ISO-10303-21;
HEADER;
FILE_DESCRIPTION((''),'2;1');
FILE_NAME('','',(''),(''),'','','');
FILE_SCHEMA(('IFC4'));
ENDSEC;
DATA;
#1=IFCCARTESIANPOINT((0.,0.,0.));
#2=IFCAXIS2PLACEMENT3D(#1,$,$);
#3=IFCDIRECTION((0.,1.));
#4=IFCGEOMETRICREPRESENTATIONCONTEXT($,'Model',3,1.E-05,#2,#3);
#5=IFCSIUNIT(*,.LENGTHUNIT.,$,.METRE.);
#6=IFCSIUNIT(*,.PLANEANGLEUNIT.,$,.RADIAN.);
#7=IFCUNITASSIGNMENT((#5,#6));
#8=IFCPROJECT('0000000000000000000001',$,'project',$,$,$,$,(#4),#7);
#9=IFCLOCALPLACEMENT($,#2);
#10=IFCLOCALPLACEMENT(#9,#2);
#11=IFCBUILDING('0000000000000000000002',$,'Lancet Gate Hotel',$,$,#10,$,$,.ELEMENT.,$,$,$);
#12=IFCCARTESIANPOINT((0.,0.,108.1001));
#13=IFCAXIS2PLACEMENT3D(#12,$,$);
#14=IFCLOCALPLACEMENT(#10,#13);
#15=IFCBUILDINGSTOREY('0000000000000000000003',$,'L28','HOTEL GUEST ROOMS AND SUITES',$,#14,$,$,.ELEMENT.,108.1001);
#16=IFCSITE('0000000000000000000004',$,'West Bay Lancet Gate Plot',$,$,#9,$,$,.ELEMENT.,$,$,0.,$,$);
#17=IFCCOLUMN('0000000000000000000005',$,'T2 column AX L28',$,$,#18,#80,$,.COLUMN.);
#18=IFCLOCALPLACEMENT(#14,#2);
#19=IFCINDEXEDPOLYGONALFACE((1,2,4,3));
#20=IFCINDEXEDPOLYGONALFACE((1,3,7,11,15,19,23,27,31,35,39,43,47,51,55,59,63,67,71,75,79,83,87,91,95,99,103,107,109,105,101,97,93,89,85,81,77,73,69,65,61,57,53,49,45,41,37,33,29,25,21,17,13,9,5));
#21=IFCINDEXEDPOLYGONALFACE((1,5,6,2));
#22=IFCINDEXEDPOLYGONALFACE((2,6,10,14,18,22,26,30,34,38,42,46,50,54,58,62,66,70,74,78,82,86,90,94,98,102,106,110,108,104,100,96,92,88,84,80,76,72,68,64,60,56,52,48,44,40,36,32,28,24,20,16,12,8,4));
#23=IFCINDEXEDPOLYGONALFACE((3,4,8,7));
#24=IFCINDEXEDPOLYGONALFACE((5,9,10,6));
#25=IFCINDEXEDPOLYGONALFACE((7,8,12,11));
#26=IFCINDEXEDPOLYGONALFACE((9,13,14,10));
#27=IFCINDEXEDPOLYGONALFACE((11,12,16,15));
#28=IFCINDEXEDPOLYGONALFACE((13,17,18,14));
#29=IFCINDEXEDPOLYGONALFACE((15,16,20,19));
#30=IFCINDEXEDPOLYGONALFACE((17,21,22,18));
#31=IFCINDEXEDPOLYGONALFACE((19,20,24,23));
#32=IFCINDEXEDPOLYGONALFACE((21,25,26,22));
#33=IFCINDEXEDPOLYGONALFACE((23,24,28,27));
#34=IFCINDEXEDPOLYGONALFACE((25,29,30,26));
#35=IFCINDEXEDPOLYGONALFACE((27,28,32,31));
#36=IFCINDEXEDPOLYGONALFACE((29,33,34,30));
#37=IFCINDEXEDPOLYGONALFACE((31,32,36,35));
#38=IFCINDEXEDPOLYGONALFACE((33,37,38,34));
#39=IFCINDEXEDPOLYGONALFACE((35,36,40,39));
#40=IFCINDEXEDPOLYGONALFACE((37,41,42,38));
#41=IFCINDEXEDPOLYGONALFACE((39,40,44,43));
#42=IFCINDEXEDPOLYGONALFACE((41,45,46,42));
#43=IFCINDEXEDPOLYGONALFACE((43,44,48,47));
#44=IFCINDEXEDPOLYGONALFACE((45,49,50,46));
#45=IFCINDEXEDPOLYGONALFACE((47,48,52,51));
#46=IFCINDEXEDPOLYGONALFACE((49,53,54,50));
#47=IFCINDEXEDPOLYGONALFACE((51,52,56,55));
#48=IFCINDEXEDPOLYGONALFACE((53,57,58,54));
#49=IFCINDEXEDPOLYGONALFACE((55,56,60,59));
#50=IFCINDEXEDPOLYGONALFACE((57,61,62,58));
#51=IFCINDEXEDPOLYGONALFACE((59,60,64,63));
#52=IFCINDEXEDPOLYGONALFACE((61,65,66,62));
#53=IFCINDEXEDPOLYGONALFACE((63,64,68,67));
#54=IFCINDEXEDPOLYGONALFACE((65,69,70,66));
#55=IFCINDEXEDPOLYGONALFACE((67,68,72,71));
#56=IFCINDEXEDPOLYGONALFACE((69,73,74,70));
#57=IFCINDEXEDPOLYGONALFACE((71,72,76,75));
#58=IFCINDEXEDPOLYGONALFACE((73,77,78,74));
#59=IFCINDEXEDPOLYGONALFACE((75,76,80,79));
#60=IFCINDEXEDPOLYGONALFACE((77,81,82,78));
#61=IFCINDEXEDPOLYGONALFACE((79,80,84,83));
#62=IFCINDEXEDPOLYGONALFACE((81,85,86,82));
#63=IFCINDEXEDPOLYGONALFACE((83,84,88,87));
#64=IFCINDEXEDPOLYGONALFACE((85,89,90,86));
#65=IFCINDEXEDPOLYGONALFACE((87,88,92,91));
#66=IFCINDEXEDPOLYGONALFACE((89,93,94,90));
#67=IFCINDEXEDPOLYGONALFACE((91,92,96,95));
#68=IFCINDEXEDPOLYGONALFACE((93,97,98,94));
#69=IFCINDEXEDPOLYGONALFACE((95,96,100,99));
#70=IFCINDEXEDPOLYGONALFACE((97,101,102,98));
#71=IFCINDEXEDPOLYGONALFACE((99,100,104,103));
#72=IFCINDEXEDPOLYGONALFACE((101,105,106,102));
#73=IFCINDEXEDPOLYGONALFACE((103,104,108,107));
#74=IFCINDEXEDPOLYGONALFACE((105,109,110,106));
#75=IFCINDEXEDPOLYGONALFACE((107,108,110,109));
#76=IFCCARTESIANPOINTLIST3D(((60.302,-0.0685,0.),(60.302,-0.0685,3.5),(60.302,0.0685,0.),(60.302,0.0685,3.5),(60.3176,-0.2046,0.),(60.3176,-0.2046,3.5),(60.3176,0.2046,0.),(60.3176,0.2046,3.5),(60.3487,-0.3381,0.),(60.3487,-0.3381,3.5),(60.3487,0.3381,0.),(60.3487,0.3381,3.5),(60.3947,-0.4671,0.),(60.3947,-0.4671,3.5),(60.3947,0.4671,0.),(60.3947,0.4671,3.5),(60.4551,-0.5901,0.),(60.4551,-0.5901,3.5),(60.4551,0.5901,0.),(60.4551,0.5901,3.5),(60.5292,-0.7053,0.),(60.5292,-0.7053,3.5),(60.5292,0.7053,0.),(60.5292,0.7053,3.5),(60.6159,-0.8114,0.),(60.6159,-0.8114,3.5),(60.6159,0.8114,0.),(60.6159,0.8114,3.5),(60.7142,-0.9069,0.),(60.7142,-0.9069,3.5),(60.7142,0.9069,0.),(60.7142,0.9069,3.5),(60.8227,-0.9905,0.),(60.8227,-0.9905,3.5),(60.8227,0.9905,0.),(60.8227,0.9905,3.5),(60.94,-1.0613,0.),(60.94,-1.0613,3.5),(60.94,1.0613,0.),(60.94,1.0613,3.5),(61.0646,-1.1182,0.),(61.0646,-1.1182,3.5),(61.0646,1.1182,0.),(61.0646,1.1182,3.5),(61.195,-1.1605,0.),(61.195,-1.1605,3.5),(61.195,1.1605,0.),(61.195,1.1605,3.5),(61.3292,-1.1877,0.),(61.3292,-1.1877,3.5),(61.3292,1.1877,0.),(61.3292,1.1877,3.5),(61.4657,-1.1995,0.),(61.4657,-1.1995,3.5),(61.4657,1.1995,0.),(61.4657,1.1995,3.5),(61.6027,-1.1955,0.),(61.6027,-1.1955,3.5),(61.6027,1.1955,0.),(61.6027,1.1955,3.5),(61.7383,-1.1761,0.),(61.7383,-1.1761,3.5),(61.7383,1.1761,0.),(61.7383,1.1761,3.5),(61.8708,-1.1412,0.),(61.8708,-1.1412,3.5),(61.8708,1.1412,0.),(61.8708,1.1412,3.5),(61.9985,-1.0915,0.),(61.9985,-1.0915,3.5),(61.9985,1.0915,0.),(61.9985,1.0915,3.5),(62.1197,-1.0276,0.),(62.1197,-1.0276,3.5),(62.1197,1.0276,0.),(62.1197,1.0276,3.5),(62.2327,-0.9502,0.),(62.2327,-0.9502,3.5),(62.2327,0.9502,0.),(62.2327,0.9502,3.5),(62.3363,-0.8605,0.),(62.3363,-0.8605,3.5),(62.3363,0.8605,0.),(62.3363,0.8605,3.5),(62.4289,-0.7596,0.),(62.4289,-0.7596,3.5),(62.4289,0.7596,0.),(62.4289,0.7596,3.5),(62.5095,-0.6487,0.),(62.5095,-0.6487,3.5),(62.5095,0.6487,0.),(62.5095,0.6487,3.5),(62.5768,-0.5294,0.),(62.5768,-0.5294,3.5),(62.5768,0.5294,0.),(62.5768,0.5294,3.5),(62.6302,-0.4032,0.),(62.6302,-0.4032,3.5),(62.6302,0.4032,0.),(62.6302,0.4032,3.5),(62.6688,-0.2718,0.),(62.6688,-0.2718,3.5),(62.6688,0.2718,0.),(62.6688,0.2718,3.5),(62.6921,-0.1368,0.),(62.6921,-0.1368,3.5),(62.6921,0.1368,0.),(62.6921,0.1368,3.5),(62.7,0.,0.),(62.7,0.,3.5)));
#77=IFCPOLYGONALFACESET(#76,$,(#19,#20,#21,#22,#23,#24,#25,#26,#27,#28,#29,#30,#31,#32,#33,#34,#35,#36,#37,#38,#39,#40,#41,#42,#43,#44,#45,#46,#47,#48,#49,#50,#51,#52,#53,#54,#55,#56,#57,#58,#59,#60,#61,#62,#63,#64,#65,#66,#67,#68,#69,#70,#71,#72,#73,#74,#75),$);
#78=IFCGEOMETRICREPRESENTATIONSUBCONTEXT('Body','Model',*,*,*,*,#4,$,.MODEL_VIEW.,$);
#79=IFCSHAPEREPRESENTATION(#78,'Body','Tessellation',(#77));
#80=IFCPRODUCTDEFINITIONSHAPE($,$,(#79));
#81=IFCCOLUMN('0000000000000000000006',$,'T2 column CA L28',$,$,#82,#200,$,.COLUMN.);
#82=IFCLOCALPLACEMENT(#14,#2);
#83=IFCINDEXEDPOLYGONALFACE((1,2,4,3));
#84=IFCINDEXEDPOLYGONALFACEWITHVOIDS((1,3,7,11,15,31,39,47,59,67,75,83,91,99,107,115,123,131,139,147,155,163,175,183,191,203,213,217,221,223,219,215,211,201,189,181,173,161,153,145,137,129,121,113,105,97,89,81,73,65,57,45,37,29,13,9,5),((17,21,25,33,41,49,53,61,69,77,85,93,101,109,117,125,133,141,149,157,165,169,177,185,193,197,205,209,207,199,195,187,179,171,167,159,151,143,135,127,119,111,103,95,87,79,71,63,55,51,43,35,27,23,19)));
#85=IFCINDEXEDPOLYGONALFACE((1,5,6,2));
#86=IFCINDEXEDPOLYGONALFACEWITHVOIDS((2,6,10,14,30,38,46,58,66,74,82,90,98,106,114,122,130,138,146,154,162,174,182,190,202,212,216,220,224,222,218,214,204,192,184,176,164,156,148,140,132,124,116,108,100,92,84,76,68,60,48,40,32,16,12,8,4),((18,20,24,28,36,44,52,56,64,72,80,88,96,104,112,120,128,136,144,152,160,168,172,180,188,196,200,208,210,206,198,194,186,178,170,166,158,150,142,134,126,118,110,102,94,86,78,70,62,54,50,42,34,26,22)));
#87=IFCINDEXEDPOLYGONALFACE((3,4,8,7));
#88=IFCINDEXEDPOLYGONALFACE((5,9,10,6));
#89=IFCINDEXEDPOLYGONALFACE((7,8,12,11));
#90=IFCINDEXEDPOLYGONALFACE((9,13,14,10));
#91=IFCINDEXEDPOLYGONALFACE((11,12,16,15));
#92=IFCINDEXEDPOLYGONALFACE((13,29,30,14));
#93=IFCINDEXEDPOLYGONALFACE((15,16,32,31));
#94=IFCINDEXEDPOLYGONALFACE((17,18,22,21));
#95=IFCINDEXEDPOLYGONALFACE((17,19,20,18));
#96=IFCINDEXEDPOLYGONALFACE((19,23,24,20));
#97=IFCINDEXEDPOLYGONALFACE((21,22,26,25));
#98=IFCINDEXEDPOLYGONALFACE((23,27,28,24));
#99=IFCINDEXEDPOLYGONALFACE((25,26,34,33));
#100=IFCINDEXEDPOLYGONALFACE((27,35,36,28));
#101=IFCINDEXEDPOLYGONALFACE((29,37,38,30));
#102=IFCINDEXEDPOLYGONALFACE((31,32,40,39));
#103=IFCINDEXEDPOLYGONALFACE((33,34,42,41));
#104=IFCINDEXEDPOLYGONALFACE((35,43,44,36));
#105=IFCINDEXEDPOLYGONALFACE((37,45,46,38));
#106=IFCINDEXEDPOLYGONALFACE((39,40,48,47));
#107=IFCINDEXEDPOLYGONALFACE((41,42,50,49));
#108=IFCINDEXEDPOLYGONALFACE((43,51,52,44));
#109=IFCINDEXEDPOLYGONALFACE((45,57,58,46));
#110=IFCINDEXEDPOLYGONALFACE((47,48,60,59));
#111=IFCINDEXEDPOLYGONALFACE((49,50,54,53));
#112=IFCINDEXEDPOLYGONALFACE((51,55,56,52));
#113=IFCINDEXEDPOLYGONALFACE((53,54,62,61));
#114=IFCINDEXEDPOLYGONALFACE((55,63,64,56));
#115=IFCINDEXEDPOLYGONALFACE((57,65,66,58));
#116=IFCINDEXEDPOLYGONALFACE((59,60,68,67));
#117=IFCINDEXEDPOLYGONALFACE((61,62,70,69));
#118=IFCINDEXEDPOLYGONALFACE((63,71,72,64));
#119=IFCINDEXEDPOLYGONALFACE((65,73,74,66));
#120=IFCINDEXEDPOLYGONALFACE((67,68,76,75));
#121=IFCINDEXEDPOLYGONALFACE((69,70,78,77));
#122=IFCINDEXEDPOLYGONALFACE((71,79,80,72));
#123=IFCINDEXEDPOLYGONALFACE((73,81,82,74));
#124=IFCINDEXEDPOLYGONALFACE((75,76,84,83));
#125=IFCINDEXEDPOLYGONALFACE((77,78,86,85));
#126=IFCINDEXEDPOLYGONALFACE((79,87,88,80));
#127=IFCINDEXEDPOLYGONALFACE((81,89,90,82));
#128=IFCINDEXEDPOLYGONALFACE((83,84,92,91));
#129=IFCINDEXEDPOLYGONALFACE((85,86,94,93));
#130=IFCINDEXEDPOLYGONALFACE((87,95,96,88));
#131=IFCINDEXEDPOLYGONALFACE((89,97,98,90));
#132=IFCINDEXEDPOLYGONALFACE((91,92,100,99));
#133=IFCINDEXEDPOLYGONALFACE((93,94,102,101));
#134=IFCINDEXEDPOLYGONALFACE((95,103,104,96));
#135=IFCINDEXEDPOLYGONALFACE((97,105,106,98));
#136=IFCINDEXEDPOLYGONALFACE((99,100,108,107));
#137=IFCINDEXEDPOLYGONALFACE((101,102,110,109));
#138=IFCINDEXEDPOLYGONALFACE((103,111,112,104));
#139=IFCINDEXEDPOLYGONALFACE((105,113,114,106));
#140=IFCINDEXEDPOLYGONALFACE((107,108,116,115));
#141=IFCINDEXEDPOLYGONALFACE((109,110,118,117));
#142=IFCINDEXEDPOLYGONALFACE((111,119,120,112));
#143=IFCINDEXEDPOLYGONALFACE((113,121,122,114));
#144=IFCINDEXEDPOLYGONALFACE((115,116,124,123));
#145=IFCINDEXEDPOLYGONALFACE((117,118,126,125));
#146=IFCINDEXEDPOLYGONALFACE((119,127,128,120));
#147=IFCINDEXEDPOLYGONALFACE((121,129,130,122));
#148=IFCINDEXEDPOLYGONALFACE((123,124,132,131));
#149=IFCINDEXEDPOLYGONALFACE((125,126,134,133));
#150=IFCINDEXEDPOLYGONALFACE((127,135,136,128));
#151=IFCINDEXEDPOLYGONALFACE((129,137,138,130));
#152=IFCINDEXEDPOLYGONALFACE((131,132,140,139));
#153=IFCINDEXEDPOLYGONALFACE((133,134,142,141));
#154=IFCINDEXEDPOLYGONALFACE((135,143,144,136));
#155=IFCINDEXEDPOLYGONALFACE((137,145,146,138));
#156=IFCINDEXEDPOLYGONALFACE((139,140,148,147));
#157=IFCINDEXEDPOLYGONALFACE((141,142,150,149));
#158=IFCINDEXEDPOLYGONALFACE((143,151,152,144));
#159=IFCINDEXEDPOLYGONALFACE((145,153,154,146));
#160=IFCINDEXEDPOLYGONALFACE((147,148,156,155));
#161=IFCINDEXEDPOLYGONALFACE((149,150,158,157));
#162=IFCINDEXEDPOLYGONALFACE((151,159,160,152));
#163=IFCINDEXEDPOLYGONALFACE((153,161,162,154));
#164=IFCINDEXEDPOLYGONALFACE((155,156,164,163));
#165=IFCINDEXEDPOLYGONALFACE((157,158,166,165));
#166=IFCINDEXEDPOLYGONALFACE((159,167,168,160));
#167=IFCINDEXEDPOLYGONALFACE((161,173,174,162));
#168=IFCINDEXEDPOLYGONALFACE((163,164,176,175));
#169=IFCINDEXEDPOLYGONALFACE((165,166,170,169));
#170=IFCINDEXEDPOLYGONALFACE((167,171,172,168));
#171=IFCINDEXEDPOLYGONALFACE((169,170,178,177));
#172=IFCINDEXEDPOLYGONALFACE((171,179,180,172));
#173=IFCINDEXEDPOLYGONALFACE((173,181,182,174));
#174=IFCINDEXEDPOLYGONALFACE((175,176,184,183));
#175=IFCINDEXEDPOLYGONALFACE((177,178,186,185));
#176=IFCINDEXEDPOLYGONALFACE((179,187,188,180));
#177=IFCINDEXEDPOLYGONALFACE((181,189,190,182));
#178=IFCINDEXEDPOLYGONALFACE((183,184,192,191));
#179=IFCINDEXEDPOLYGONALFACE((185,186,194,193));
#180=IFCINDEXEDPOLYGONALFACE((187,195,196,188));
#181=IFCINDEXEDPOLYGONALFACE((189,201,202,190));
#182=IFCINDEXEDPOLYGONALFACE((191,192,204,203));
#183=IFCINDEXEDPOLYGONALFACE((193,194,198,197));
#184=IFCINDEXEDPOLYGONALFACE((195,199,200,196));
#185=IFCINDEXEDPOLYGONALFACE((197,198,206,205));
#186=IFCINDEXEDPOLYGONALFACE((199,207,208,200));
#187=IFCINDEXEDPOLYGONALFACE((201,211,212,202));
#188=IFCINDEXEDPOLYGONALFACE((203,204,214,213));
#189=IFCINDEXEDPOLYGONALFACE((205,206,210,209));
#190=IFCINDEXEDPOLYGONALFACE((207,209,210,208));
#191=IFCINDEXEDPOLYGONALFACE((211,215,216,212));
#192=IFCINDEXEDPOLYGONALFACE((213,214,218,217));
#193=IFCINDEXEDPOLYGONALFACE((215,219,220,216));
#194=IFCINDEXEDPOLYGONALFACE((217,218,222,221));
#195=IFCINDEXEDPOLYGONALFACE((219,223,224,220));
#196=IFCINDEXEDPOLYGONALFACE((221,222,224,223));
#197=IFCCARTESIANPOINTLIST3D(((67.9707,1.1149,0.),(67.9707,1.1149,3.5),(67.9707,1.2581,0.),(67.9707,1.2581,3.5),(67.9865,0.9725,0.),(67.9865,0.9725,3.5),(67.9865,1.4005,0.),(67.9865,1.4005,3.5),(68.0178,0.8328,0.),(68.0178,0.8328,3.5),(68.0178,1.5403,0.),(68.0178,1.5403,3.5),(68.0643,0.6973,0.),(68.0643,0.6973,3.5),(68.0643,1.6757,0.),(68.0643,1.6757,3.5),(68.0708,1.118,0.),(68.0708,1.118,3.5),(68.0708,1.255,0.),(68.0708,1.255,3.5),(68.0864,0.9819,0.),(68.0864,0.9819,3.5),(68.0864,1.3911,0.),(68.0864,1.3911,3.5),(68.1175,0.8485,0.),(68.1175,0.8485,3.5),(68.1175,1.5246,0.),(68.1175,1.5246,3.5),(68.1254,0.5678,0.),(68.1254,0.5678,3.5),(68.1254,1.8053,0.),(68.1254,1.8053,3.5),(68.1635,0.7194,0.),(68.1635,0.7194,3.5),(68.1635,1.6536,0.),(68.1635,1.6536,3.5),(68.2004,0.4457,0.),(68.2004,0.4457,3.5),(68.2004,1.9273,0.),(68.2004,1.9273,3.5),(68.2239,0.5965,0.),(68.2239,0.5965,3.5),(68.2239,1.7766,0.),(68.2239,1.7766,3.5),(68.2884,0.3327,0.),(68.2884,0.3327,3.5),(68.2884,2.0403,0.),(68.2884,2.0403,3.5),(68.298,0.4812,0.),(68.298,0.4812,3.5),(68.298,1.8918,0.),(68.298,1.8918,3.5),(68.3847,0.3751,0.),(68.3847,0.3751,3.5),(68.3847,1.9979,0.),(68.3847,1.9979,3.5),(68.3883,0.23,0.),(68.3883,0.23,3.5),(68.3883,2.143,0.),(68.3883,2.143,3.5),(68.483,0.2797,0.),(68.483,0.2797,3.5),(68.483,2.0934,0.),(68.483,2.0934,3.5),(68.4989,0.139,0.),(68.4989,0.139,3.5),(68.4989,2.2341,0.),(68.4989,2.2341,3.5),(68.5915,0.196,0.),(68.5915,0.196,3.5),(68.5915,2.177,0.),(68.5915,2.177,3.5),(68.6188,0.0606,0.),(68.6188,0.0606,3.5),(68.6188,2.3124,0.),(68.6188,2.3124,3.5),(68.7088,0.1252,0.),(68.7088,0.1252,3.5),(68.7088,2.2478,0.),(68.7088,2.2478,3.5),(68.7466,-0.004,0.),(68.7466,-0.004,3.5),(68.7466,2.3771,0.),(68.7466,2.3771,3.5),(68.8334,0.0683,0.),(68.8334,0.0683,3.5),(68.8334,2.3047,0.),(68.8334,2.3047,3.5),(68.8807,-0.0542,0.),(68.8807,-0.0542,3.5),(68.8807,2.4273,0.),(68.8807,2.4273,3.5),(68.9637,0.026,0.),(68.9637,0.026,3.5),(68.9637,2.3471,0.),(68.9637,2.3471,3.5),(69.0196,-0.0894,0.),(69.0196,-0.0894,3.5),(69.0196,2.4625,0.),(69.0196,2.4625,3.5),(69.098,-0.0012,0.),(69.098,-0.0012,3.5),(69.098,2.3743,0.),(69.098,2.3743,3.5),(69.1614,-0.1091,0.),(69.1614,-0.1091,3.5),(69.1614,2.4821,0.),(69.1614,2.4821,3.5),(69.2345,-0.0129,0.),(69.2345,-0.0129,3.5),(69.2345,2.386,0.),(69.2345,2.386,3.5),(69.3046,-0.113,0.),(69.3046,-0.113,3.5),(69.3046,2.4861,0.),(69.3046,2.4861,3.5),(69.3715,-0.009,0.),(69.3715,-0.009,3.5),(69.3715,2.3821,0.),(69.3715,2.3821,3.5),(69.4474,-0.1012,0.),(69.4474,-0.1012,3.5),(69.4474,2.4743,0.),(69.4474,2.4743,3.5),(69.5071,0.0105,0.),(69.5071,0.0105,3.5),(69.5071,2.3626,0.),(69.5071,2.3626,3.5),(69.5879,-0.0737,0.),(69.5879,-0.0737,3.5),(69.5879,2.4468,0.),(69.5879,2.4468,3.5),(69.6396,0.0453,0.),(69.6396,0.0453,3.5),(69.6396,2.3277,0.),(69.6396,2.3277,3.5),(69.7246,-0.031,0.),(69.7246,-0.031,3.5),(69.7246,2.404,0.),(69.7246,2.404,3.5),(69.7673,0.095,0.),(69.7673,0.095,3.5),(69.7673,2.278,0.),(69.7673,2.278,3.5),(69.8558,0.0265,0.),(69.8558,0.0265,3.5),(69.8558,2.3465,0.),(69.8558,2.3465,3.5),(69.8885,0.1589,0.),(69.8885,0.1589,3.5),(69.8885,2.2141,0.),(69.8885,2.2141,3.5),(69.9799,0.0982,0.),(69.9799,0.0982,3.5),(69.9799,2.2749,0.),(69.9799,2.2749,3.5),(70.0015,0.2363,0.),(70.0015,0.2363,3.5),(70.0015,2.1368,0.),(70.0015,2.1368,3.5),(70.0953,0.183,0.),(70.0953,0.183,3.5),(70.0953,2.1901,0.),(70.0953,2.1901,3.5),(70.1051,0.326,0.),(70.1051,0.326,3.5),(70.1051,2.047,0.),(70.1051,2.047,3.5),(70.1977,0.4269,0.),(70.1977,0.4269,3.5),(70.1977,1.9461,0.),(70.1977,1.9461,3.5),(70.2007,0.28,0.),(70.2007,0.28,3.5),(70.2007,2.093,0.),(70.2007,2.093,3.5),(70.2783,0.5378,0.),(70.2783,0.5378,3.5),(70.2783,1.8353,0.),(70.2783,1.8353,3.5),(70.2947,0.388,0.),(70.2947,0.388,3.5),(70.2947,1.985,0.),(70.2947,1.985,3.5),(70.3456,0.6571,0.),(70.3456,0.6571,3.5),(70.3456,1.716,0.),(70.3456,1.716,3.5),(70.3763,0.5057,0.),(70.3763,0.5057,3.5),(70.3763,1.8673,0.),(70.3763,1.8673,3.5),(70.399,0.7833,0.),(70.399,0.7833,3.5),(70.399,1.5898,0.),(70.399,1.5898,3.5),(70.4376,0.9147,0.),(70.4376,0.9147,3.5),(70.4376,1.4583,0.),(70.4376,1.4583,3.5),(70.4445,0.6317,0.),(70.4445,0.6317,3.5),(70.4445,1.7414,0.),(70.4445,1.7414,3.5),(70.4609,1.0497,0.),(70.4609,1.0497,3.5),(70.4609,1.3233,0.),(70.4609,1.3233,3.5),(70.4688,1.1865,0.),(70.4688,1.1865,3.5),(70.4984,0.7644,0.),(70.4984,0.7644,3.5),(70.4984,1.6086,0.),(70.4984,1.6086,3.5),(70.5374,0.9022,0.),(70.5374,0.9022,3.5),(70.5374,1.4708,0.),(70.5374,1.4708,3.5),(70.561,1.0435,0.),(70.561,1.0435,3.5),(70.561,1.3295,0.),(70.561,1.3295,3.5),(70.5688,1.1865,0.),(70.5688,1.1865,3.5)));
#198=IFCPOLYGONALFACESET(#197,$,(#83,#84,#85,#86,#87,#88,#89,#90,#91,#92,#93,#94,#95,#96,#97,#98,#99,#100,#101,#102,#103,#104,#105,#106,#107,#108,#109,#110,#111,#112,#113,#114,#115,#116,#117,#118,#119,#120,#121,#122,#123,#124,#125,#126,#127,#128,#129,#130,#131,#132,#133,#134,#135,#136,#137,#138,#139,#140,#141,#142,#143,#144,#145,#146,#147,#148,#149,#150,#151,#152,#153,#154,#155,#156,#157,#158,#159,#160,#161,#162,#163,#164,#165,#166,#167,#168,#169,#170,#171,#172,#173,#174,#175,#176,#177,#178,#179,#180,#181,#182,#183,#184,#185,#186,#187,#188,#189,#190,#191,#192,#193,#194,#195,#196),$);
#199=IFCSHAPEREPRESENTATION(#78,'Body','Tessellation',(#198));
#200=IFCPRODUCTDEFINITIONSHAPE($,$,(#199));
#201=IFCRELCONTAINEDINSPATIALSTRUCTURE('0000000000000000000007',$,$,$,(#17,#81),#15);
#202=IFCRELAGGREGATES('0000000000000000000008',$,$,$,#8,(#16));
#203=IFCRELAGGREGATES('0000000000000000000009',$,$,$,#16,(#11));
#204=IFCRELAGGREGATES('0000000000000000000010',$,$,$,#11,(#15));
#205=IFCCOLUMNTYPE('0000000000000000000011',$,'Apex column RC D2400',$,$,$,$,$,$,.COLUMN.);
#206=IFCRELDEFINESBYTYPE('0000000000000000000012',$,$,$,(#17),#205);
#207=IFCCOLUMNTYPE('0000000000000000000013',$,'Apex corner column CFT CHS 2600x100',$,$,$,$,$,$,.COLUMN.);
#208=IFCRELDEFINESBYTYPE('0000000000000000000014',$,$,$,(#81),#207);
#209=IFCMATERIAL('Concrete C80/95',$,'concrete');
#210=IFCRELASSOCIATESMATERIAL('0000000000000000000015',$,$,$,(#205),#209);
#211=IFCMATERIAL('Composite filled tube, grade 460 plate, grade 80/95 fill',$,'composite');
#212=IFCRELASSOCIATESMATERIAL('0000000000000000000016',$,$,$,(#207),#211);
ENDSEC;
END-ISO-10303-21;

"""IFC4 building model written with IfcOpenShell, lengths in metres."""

from ifc_helpers import new_model, si_unit, direction, frame, origin, origin_2d, place, context, subcontext, project, spatial, circle, hollow_circle, extrude, material, material_profile, profile_set, type_object, element, save


model = new_model("IFC4")

# Units and contexts
model_context = context("Model", 3, precision=1e-05, world=origin(), true_north=direction((0.0, 1.0)))
body_context = subcontext(model_context, "Body", "Model", "MODEL_VIEW")
ifc_project = project(units=[si_unit("LENGTHUNIT", "METRE"), si_unit("PLANEANGLEUNIT", "RADIAN")], contexts=[model_context])

# Site, building, storey
site_placement = place(None, origin())
site = spatial("IfcSite", under=ifc_project, at=site_placement, Name="West Bay Lancet Gate Plot", CompositionType="ELEMENT", RefElevation=0.0)
building_placement = place(site_placement, origin())
building = spatial("IfcBuilding", under=site, at=building_placement, Name="Lancet Gate Hotel", CompositionType="ELEMENT")
storey_placement = place(building_placement, frame((0.0, 0.0, 108.1001)))
storey = spatial("IfcBuildingStorey", under=building, at=storey_placement, Name="L28", Description="HOTEL GUEST ROOMS AND SUITES", CompositionType="ELEMENT", Elevation=108.1001)

# Columns
ifc_material_1 = material(Name="Concrete C80/95", Category="concrete")
ifc_material_profile_1 = material_profile(ifc_material_1, circle(Radius=1.2, at=origin_2d()), Name="RC D2400")
ifc_profile_set_1 = profile_set([ifc_material_profile_1], Name="Concrete C80/95")
column_type_1 = type_object("IfcColumnType", Name="Apex column RC D2400", PredefinedType="COLUMN", material=ifc_profile_set_1)
column_1_placement = place(storey_placement, frame((61.5, 0.0, 0.0), z_axis=(0.0, 0.0, 1.0), x_axis=(1.0, 0.0, 0.0)))
element("IfcColumn", 1, at=column_1_placement, inside=storey, type_object=column_type_1, Name="T2 column AX L28", PredefinedType="COLUMN", context=body_context, shape_type="SweptSolid", body=[
    extrude(circle(Radius=1.2, at=origin_2d()), origin(), (0.0, 0.0, 1.0), 3.5),
])
ifc_material_2 = material(Name="Composite filled tube, grade 460 plate, grade 80/95 fill", Category="composite")
ifc_material_profile_2 = material_profile(ifc_material_2, hollow_circle(Radius=1.3, WallThickness=0.1001, at=origin_2d()), Name="CHS 2600x100")
ifc_profile_set_2 = profile_set([ifc_material_profile_2], Name="Composite filled tube, grade 460 plate, grade 80/95 fill")
column_type_2 = type_object("IfcColumnType", Name="Apex corner column CFT CHS 2600x100", PredefinedType="COLUMN", material=ifc_profile_set_2)
column_2_placement = place(storey_placement, frame((69.2688, 1.1865, 0.0), z_axis=(0.0, 0.0, 1.0), x_axis=(1.0, 0.0, 0.0)))
element("IfcColumn", 2, at=column_2_placement, inside=storey, type_object=column_type_2, Name="T2 column CA L28", PredefinedType="COLUMN", context=body_context, shape_type="SweptSolid", body=[
    extrude(hollow_circle(Radius=1.3, WallThickness=0.1001, at=origin_2d()), origin(), (0.0, 0.0, 1.0), 3.5),
])

save(model, "model.ifc")
